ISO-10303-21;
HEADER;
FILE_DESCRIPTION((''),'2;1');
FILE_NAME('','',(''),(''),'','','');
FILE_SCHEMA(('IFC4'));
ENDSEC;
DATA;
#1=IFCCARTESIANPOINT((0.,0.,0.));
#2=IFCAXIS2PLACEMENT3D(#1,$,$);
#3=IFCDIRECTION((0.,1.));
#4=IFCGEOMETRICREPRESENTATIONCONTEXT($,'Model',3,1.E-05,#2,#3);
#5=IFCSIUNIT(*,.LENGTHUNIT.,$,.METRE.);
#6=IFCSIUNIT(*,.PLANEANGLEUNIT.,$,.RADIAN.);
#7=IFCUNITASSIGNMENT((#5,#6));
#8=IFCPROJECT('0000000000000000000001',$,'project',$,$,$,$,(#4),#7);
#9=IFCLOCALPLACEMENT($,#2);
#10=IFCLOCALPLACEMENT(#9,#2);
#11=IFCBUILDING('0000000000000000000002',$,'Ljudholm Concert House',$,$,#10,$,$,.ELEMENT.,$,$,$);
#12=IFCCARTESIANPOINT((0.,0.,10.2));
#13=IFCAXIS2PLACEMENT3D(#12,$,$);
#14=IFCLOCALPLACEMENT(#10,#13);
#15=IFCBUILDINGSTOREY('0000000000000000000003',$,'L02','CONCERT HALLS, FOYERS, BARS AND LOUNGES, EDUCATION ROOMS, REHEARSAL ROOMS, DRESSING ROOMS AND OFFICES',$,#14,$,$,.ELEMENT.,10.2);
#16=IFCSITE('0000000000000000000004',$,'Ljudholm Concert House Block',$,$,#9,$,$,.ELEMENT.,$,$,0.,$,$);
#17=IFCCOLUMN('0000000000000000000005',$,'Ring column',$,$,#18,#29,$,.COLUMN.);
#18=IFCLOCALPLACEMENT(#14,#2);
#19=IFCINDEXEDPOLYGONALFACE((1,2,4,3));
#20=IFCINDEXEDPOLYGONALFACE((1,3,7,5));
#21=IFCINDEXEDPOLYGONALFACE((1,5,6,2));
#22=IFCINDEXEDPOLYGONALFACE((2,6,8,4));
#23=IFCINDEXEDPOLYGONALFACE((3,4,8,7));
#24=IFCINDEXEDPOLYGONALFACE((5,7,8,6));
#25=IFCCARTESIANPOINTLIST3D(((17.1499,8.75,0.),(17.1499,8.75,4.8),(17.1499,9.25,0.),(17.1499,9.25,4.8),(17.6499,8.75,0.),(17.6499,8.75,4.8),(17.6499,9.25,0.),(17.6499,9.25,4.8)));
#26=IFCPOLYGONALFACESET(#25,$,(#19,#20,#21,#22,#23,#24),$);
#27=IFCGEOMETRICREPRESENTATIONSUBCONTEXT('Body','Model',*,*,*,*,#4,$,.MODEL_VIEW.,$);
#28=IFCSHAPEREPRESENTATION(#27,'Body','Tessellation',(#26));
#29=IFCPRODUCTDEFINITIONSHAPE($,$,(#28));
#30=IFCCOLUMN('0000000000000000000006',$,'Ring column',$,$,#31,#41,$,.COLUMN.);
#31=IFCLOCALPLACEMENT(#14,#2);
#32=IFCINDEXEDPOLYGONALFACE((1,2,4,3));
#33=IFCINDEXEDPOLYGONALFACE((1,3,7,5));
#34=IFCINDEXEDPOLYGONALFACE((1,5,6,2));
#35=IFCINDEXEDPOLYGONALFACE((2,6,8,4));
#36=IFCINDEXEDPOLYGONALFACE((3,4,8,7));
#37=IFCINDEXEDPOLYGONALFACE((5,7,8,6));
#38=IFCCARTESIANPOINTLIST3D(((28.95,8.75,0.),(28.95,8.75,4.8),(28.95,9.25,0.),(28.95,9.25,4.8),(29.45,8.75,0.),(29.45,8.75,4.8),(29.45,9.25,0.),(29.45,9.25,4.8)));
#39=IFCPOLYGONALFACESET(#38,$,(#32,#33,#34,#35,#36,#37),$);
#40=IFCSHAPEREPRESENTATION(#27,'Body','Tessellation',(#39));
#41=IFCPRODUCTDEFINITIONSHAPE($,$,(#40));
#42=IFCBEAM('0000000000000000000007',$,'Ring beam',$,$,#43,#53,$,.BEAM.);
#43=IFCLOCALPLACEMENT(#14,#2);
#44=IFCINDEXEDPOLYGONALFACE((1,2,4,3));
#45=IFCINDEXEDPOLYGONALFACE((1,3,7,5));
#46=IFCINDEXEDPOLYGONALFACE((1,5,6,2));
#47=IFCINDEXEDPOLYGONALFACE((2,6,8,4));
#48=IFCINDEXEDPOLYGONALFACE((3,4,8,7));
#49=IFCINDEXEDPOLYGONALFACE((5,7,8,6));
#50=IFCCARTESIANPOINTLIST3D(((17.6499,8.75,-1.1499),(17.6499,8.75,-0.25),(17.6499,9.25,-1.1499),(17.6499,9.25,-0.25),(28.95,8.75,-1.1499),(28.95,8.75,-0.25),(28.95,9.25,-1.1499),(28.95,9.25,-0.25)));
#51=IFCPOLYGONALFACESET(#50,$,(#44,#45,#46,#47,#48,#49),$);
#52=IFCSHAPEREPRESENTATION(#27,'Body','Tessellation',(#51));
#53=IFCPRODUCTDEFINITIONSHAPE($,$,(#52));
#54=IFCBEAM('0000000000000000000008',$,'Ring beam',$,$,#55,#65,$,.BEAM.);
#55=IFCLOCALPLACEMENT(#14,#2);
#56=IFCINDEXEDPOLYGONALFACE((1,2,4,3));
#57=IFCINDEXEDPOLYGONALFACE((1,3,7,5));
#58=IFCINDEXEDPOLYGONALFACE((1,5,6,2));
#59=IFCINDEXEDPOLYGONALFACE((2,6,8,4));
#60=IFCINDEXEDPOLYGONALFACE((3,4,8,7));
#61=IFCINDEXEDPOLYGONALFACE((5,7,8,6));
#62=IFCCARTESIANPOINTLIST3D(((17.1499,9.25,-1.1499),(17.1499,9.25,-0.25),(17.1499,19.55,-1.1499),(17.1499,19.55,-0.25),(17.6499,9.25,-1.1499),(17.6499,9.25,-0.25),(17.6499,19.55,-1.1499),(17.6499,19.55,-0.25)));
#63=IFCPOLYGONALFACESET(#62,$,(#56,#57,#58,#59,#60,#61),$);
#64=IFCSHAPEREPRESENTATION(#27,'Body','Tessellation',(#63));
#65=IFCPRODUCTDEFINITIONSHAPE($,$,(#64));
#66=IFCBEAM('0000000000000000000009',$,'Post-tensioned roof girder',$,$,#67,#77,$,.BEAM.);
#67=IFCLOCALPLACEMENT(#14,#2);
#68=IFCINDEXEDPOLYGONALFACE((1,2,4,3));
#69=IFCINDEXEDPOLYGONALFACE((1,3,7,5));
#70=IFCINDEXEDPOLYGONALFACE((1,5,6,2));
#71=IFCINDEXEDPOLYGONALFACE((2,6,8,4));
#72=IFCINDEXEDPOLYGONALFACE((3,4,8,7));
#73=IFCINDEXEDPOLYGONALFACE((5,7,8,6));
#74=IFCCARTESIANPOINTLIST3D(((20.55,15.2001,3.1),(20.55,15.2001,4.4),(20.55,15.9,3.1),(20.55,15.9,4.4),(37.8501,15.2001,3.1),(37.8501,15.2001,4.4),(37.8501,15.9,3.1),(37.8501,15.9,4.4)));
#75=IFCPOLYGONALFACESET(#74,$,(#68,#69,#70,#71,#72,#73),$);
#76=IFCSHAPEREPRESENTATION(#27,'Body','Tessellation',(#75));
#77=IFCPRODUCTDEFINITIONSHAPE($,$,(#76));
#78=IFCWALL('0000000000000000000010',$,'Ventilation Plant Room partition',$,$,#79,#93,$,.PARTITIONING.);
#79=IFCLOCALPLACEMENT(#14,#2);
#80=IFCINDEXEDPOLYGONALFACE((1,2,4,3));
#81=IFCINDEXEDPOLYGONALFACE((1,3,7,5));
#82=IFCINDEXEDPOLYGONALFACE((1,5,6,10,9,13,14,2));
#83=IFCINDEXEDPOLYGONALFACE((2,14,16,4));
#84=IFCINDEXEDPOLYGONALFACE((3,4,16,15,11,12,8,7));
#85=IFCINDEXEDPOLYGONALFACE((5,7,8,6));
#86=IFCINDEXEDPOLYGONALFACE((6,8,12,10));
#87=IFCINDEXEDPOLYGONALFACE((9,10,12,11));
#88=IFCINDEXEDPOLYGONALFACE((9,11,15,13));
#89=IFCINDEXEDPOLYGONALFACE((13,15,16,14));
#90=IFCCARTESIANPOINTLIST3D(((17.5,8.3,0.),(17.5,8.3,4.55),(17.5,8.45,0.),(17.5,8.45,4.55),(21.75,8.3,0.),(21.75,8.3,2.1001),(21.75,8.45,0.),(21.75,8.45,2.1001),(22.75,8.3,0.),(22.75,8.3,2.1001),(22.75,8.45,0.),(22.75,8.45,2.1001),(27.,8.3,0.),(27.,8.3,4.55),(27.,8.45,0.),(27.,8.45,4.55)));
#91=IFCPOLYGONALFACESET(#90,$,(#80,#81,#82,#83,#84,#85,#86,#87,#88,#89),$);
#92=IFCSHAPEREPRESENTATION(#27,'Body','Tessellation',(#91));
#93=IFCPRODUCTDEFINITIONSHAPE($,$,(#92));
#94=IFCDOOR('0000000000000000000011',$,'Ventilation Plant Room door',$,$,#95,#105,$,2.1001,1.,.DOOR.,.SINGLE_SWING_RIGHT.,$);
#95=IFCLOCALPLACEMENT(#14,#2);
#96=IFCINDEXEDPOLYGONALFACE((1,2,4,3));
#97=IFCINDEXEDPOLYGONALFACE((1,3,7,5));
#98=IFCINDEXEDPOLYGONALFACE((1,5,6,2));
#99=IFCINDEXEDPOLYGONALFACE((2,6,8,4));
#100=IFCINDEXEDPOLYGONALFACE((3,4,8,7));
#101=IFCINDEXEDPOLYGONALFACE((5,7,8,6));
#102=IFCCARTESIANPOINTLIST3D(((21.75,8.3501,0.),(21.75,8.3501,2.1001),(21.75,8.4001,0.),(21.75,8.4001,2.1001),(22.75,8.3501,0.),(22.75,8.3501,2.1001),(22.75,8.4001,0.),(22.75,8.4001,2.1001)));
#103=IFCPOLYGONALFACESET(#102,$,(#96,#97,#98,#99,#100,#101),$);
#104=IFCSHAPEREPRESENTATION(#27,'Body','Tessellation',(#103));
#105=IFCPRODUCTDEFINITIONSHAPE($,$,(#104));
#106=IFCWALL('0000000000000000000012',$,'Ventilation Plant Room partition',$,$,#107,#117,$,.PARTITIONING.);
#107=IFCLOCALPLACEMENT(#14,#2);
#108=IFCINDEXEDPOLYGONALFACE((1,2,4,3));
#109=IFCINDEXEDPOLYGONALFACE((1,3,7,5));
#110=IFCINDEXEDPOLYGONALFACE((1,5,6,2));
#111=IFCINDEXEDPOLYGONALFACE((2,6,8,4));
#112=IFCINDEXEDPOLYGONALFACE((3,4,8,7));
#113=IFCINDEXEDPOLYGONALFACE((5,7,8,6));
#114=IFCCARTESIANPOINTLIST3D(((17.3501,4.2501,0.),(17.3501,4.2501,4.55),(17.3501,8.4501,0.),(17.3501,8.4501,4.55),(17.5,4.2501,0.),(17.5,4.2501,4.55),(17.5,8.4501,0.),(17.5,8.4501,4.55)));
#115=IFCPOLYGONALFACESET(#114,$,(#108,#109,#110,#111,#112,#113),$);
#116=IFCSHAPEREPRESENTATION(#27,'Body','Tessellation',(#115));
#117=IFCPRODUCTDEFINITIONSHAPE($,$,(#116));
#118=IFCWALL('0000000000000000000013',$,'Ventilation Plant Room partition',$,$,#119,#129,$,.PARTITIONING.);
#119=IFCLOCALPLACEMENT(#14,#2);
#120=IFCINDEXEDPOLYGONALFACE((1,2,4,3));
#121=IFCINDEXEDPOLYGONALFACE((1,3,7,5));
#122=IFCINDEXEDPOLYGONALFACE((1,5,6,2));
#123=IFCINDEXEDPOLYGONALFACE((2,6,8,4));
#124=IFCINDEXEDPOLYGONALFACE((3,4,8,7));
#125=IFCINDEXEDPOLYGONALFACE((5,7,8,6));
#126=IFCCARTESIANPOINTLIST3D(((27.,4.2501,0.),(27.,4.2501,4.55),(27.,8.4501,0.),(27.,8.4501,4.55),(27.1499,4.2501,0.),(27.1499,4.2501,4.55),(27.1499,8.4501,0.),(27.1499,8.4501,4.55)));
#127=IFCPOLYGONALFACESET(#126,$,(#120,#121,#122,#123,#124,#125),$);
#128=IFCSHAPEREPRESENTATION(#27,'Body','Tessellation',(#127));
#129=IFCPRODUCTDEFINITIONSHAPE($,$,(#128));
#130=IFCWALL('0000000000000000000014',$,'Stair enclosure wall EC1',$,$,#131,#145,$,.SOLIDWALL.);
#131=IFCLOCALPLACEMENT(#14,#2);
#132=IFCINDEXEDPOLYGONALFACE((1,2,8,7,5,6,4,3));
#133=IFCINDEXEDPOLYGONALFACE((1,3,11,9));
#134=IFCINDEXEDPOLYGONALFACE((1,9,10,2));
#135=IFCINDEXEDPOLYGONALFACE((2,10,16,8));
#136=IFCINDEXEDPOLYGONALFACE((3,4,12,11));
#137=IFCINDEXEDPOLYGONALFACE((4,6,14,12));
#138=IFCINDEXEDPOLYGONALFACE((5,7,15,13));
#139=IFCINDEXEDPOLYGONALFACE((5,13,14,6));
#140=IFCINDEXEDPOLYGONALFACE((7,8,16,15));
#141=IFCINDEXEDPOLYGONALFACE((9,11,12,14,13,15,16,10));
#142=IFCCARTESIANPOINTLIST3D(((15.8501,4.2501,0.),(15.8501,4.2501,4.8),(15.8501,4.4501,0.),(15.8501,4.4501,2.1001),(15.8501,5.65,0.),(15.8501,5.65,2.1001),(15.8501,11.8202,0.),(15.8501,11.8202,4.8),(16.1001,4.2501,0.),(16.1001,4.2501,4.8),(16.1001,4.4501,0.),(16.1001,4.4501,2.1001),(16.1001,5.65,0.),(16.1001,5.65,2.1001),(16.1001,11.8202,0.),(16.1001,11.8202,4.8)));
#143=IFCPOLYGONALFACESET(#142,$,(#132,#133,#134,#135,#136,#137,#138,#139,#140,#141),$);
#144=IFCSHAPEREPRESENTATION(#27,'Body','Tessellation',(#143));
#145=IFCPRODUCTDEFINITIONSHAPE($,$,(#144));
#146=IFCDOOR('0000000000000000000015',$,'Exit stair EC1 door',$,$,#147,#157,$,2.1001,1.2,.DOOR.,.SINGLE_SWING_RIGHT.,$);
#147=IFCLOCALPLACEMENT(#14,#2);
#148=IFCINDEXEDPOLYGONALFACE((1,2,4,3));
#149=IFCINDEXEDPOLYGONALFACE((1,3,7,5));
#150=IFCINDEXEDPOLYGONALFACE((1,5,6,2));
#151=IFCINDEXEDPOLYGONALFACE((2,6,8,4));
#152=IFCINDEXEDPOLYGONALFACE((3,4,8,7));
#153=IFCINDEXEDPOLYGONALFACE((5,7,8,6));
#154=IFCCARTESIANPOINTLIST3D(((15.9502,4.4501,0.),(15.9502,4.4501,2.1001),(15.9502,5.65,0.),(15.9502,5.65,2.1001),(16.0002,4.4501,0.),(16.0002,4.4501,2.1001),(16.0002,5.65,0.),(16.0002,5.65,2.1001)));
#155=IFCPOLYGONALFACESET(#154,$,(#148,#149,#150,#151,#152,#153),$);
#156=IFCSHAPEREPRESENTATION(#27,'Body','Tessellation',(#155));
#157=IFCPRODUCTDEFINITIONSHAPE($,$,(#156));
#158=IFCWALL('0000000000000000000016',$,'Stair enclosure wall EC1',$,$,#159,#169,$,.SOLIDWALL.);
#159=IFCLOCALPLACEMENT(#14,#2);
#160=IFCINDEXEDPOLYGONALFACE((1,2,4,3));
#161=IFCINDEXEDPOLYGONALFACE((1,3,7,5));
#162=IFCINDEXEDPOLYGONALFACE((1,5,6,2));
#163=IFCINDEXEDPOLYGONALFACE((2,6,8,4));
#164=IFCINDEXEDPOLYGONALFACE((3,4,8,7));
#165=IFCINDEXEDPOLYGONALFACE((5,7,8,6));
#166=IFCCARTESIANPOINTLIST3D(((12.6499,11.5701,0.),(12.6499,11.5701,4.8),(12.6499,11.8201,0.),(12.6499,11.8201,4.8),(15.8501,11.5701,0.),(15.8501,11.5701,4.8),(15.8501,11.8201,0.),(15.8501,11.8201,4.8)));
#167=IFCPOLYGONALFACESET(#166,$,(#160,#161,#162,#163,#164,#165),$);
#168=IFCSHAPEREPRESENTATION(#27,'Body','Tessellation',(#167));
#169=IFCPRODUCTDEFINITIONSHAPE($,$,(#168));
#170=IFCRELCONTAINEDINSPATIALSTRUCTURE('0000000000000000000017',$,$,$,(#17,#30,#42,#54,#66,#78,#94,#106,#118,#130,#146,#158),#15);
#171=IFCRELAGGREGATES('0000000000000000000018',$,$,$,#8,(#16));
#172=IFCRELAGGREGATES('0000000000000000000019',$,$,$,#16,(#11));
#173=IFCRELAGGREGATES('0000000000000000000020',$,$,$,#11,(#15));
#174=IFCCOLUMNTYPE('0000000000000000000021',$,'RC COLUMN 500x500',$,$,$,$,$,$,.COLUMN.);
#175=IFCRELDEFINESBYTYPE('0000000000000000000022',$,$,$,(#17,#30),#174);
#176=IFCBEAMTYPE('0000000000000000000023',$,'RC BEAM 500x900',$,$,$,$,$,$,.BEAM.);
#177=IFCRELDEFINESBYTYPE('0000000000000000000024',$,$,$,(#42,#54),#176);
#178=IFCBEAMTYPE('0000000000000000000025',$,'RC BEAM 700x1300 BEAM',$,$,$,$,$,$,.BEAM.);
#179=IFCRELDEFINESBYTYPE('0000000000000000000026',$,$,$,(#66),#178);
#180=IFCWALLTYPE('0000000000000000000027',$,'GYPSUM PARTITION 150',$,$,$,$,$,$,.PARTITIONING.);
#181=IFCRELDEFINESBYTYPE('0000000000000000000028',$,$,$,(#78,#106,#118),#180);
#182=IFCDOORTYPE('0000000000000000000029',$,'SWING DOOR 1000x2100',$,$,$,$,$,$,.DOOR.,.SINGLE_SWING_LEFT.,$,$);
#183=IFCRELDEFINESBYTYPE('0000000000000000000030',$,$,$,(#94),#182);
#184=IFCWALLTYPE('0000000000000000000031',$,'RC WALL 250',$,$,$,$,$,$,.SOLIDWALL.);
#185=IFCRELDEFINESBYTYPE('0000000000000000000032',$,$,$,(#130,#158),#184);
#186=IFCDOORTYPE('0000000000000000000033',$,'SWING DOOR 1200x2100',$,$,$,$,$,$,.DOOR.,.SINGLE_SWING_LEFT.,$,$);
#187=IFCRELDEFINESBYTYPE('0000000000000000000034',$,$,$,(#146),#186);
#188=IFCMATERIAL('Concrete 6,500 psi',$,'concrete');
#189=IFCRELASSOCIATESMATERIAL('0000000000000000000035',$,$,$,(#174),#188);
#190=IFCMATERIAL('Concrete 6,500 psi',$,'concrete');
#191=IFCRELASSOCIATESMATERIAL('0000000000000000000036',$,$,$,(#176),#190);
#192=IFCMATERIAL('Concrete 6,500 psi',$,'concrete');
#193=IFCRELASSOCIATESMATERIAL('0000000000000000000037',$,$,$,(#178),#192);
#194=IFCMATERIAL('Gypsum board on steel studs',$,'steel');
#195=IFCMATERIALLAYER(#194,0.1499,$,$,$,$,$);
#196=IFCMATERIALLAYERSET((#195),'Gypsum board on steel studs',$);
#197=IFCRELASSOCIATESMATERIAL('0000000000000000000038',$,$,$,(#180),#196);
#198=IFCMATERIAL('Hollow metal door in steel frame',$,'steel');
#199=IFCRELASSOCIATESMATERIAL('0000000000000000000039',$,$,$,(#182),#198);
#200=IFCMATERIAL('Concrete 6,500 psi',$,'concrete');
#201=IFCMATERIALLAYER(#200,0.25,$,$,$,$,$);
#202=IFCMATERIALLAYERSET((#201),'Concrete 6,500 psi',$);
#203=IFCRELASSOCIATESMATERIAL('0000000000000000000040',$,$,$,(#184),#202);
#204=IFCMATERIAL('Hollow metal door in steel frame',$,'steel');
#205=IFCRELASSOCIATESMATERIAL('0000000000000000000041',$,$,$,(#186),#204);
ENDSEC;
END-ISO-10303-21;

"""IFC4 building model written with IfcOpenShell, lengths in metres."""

from ifc_helpers import new_model, si_unit, direction, frame, frame_2d, origin, origin_2d, place, context, subcontext, project, spatial, rectangle, extrude, material, layer, layer_set, material_profile, profile_set, type_object, element, fill, save


model = new_model("IFC4")

# Units and contexts
model_context = context("Model", 3, precision=1e-05, world=origin(), true_north=direction((0.0, 1.0)))
body_context = subcontext(model_context, "Body", "Model", "MODEL_VIEW")
ifc_project = project(units=[si_unit("LENGTHUNIT", "METRE"), si_unit("PLANEANGLEUNIT", "RADIAN")], contexts=[model_context])

# Site, building, storey
site_placement = place(None, origin())
site = spatial("IfcSite", under=ifc_project, at=site_placement, Name="Ljudholm Concert House Block", CompositionType="ELEMENT", RefElevation=0.0)
building_placement = place(site_placement, origin())
building = spatial("IfcBuilding", under=site, at=building_placement, Name="Ljudholm Concert House", CompositionType="ELEMENT")
storey_placement = place(building_placement, frame((0.0, 0.0, 10.2)))
storey = spatial("IfcBuildingStorey", under=building, at=storey_placement, Name="L02", Description="CONCERT HALLS, FOYERS, BARS AND LOUNGES, EDUCATION ROOMS, REHEARSAL ROOMS, DRESSING ROOMS AND OFFICES", CompositionType="ELEMENT", Elevation=10.2)

# Columns
ifc_material_1 = material(Name="Concrete 6,500 psi", Category="concrete")
ifc_material_profile_1 = material_profile(ifc_material_1, rectangle(XDim=0.5, YDim=0.5, at=origin_2d()), Name="RC COLUMN 500x500")
ifc_profile_set_1 = profile_set([ifc_material_profile_1], Name="Concrete 6,500 psi")
column_type = type_object("IfcColumnType", Name="RC COLUMN 500x500", PredefinedType="COLUMN", material=ifc_profile_set_1)
for number, where, z_axis, x_axis, name in (
    (1, (17.3999, 9.0, 0.0), (0.0, 0.0, 1.0), (1.0, 0.0, 0.0), "Ring column"),
    (2, (29.2, 9.0, 0.0), (0.0, 0.0, 1.0), (1.0, 0.0, 0.0), "Ring column"),
):
    element("IfcColumn", number, at=place(storey_placement, frame(where, z_axis=z_axis, x_axis=x_axis)), inside=storey, type_object=column_type, Name=name, PredefinedType="COLUMN", context=body_context, shape_type="SweptSolid", body=[
        extrude(rectangle(XDim=0.5, YDim=0.5, at=origin_2d()), origin(), (0.0, 0.0, 1.0), 4.8),
    ])

# Beams
ifc_material_2 = material(Name="Concrete 6,500 psi", Category="concrete")
ifc_material_profile_2 = material_profile(ifc_material_2, rectangle(XDim=0.5, YDim=0.8999, at=origin_2d()), Name="RC BEAM 500x900")
ifc_profile_set_2 = profile_set([ifc_material_profile_2], Name="Concrete 6,500 psi")
beam_type_1 = type_object("IfcBeamType", Name="RC BEAM 500x900", PredefinedType="BEAM", material=ifc_profile_set_2)
beam_1_placement = place(storey_placement, frame((17.6499, 9.0, -0.7), z_axis=(1.0, 0.0, 0.0), x_axis=(0.0, 1.0, 0.0)))
element("IfcBeam", 3, at=beam_1_placement, inside=storey, type_object=beam_type_1, Name="Ring beam", PredefinedType="BEAM", context=body_context, shape_type="SweptSolid", body=[
    extrude(rectangle(XDim=0.5, YDim=0.8999, at=origin_2d()), origin(), (0.0, 0.0, 1.0), 11.3),
])
beam_2_placement = place(storey_placement, frame((17.3999, 9.25, -0.7), z_axis=(0.0, 1.0, 0.0), x_axis=(-1.0, 0.0, 0.0)))
element("IfcBeam", 4, at=beam_2_placement, inside=storey, type_object=beam_type_1, Name="Ring beam", PredefinedType="BEAM", context=body_context, shape_type="SweptSolid", body=[
    extrude(rectangle(XDim=0.5, YDim=0.8999, at=origin_2d()), origin(), (0.0, 0.0, 1.0), 10.3),
])
ifc_material_3 = material(Name="Concrete 6,500 psi", Category="concrete")
ifc_material_profile_3 = material_profile(ifc_material_3, rectangle(XDim=0.7, YDim=1.3, at=origin_2d()), Name="RC BEAM 700x1300 BEAM")
ifc_profile_set_3 = profile_set([ifc_material_profile_3], Name="Concrete 6,500 psi")
beam_type_2 = type_object("IfcBeamType", Name="RC BEAM 700x1300 BEAM", PredefinedType="BEAM", material=ifc_profile_set_3)
beam_3_placement = place(storey_placement, frame((20.55, 15.55, 3.75), z_axis=(1.0, 0.0, 0.0), x_axis=(0.0, 1.0, 0.0)))
element("IfcBeam", 5, at=beam_3_placement, inside=storey, type_object=beam_type_2, Name="Post-tensioned roof girder", PredefinedType="BEAM", context=body_context, shape_type="SweptSolid", body=[
    extrude(rectangle(XDim=0.7, YDim=1.3, at=origin_2d()), origin(), (0.0, 0.0, 1.0), 17.3),
])

# Wall, opening, door
ifc_material_4 = material(Name="Gypsum board on steel studs", Category="steel")
ifc_layer_1 = layer(ifc_material_4, 0.1499)
ifc_layer_set_1 = layer_set([ifc_layer_1], Name="Gypsum board on steel studs")
wall_type_1 = type_object("IfcWallType", Name="GYPSUM PARTITION 150", PredefinedType="PARTITIONING", material=ifc_layer_set_1)
wall_1_placement = place(storey_placement, frame((17.5, 8.375, 0.0), z_axis=(0.0, 0.0, 1.0), x_axis=(1.0, 0.0, 0.0)))
wall_1 = element("IfcWall", 6, at=wall_1_placement, inside=storey, type_object=wall_type_1, Name="Ventilation Plant Room partition", PredefinedType="PARTITIONING", context=body_context, shape_type="SweptSolid", body=[
    extrude(rectangle(XDim=9.5, YDim=0.1499, at=frame_2d((4.75, 0.0))), origin(), (0.0, 0.0, 1.0), 4.55),
])
opening_1_placement = place(wall_1_placement, frame((4.25, 0.0, 0.0)))
opening_1 = element("IfcOpeningElement", 7, at=opening_1_placement, cuts=wall_1, PredefinedType="OPENING", context=body_context, shape_type="SweptSolid", body=[
    extrude(rectangle(XDim=1.0, YDim=2.1001, at=frame_2d((0.5, 1.05))), frame((0.0, 0.085, 0.0), z_axis=(0.0, -1.0, 0.0), x_axis=(1.0, 0.0, 0.0)), (0.0, 0.0, 1.0), 0.1699),
])
ifc_material_5 = material(Name="Hollow metal door in steel frame", Category="steel")
door_type_1 = type_object("IfcDoorType", Name="SWING DOOR 1000x2100", OperationType="SINGLE_SWING_LEFT", PredefinedType="DOOR", material=ifc_material_5)
door_1_placement = place(opening_1_placement, frame((1.0, 0.0, 0.0), z_axis=(0.0, 0.0, 1.0), x_axis=(-1.0, 0.0, 0.0)))
door_1 = element("IfcDoor", 8, at=door_1_placement, inside=storey, type_object=door_type_1, Name="Ventilation Plant Room door", OperationType="SINGLE_SWING_RIGHT", OverallHeight=2.1001, OverallWidth=1.0, PredefinedType="DOOR", context=body_context, shape_type="SweptSolid", body=[
    extrude(rectangle(XDim=1.0, YDim=2.1001, at=frame_2d((0.5, 1.05))), frame((0.0, 0.0249, 0.0), z_axis=(0.0, -1.0, 0.0), x_axis=(1.0, 0.0, 0.0)), (0.0, 0.0, 1.0), 0.05),
])
fill(opening_1, door_1)

# Walls
for number, where, z_axis, x_axis, name in (
    (9, (17.425, 4.25, 0.0), (0.0, 0.0, 1.0), (0.0, 1.0, 0.0), "Ventilation Plant Room partition"),
    (10, (27.075, 4.25, 0.0), (0.0, 0.0, 1.0), (0.0, 1.0, 0.0), "Ventilation Plant Room partition"),
):
    element("IfcWall", number, at=place(storey_placement, frame(where, z_axis=z_axis, x_axis=x_axis)), inside=storey, type_object=wall_type_1, Name=name, PredefinedType="PARTITIONING", context=body_context, shape_type="SweptSolid", body=[
        extrude(rectangle(XDim=4.2, YDim=0.1499, at=frame_2d((2.1001, 0.0))), origin(), (0.0, 0.0, 1.0), 4.55),
    ])

# Wall, opening, door
ifc_material_6 = material(Name="Concrete 6,500 psi", Category="concrete")
ifc_layer_2 = layer(ifc_material_6, 0.25)
ifc_layer_set_2 = layer_set([ifc_layer_2], Name="Concrete 6,500 psi")
wall_type_2 = type_object("IfcWallType", Name="RC WALL 250", PredefinedType="SOLIDWALL", material=ifc_layer_set_2)
wall_2_placement = place(storey_placement, frame((15.9751, 4.25, 0.0), z_axis=(0.0, 0.0, 1.0), x_axis=(0.0, 1.0, 0.0)))
wall_2 = element("IfcWall", 11, at=wall_2_placement, inside=storey, type_object=wall_type_2, Name="Stair enclosure wall EC1", PredefinedType="SOLIDWALL", context=body_context, shape_type="SweptSolid", body=[
    extrude(rectangle(XDim=7.5701, YDim=0.25, at=frame_2d((3.7852, 0.0))), origin(), (0.0, 0.0, 1.0), 4.8),
])
opening_2_placement = place(wall_2_placement, frame((0.2, 0.0, 0.0)))
opening_2 = element("IfcOpeningElement", 12, at=opening_2_placement, cuts=wall_2, PredefinedType="OPENING", context=body_context, shape_type="SweptSolid", body=[
    extrude(rectangle(XDim=1.2, YDim=2.1001, at=frame_2d((0.6001, 1.05))), frame((0.0, 0.135, 0.0), z_axis=(0.0, -1.0, 0.0), x_axis=(1.0, 0.0, 0.0)), (0.0, 0.0, 1.0), 0.27),
])
ifc_material_7 = material(Name="Hollow metal door in steel frame", Category="steel")
door_type_2 = type_object("IfcDoorType", Name="SWING DOOR 1200x2100", OperationType="SINGLE_SWING_LEFT", PredefinedType="DOOR", material=ifc_material_7)
door_2_placement = place(opening_2_placement, origin())
door_2 = element("IfcDoor", 13, at=door_2_placement, inside=storey, type_object=door_type_2, Name="Exit stair EC1 door", OperationType="SINGLE_SWING_RIGHT", OverallHeight=2.1001, OverallWidth=1.2, PredefinedType="DOOR", context=body_context, shape_type="SweptSolid", body=[
    extrude(rectangle(XDim=1.2, YDim=2.1001, at=frame_2d((0.6001, 1.05))), frame((0.0, 0.0249, 0.0), z_axis=(0.0, -1.0, 0.0), x_axis=(1.0, 0.0, 0.0)), (0.0, 0.0, 1.0), 0.05),
])
fill(opening_2, door_2)

# Wall
wall_3_placement = place(storey_placement, frame((12.6499, 11.6951, 0.0), z_axis=(0.0, 0.0, 1.0), x_axis=(1.0, 0.0, 0.0)))
element("IfcWall", 14, at=wall_3_placement, inside=storey, type_object=wall_type_2, Name="Stair enclosure wall EC1", PredefinedType="SOLIDWALL", context=body_context, shape_type="SweptSolid", body=[
    extrude(rectangle(XDim=3.2002, YDim=0.25, at=frame_2d((1.6001, 0.0))), origin(), (0.0, 0.0, 1.0), 4.8),
])

save(model, "model.ifc")
